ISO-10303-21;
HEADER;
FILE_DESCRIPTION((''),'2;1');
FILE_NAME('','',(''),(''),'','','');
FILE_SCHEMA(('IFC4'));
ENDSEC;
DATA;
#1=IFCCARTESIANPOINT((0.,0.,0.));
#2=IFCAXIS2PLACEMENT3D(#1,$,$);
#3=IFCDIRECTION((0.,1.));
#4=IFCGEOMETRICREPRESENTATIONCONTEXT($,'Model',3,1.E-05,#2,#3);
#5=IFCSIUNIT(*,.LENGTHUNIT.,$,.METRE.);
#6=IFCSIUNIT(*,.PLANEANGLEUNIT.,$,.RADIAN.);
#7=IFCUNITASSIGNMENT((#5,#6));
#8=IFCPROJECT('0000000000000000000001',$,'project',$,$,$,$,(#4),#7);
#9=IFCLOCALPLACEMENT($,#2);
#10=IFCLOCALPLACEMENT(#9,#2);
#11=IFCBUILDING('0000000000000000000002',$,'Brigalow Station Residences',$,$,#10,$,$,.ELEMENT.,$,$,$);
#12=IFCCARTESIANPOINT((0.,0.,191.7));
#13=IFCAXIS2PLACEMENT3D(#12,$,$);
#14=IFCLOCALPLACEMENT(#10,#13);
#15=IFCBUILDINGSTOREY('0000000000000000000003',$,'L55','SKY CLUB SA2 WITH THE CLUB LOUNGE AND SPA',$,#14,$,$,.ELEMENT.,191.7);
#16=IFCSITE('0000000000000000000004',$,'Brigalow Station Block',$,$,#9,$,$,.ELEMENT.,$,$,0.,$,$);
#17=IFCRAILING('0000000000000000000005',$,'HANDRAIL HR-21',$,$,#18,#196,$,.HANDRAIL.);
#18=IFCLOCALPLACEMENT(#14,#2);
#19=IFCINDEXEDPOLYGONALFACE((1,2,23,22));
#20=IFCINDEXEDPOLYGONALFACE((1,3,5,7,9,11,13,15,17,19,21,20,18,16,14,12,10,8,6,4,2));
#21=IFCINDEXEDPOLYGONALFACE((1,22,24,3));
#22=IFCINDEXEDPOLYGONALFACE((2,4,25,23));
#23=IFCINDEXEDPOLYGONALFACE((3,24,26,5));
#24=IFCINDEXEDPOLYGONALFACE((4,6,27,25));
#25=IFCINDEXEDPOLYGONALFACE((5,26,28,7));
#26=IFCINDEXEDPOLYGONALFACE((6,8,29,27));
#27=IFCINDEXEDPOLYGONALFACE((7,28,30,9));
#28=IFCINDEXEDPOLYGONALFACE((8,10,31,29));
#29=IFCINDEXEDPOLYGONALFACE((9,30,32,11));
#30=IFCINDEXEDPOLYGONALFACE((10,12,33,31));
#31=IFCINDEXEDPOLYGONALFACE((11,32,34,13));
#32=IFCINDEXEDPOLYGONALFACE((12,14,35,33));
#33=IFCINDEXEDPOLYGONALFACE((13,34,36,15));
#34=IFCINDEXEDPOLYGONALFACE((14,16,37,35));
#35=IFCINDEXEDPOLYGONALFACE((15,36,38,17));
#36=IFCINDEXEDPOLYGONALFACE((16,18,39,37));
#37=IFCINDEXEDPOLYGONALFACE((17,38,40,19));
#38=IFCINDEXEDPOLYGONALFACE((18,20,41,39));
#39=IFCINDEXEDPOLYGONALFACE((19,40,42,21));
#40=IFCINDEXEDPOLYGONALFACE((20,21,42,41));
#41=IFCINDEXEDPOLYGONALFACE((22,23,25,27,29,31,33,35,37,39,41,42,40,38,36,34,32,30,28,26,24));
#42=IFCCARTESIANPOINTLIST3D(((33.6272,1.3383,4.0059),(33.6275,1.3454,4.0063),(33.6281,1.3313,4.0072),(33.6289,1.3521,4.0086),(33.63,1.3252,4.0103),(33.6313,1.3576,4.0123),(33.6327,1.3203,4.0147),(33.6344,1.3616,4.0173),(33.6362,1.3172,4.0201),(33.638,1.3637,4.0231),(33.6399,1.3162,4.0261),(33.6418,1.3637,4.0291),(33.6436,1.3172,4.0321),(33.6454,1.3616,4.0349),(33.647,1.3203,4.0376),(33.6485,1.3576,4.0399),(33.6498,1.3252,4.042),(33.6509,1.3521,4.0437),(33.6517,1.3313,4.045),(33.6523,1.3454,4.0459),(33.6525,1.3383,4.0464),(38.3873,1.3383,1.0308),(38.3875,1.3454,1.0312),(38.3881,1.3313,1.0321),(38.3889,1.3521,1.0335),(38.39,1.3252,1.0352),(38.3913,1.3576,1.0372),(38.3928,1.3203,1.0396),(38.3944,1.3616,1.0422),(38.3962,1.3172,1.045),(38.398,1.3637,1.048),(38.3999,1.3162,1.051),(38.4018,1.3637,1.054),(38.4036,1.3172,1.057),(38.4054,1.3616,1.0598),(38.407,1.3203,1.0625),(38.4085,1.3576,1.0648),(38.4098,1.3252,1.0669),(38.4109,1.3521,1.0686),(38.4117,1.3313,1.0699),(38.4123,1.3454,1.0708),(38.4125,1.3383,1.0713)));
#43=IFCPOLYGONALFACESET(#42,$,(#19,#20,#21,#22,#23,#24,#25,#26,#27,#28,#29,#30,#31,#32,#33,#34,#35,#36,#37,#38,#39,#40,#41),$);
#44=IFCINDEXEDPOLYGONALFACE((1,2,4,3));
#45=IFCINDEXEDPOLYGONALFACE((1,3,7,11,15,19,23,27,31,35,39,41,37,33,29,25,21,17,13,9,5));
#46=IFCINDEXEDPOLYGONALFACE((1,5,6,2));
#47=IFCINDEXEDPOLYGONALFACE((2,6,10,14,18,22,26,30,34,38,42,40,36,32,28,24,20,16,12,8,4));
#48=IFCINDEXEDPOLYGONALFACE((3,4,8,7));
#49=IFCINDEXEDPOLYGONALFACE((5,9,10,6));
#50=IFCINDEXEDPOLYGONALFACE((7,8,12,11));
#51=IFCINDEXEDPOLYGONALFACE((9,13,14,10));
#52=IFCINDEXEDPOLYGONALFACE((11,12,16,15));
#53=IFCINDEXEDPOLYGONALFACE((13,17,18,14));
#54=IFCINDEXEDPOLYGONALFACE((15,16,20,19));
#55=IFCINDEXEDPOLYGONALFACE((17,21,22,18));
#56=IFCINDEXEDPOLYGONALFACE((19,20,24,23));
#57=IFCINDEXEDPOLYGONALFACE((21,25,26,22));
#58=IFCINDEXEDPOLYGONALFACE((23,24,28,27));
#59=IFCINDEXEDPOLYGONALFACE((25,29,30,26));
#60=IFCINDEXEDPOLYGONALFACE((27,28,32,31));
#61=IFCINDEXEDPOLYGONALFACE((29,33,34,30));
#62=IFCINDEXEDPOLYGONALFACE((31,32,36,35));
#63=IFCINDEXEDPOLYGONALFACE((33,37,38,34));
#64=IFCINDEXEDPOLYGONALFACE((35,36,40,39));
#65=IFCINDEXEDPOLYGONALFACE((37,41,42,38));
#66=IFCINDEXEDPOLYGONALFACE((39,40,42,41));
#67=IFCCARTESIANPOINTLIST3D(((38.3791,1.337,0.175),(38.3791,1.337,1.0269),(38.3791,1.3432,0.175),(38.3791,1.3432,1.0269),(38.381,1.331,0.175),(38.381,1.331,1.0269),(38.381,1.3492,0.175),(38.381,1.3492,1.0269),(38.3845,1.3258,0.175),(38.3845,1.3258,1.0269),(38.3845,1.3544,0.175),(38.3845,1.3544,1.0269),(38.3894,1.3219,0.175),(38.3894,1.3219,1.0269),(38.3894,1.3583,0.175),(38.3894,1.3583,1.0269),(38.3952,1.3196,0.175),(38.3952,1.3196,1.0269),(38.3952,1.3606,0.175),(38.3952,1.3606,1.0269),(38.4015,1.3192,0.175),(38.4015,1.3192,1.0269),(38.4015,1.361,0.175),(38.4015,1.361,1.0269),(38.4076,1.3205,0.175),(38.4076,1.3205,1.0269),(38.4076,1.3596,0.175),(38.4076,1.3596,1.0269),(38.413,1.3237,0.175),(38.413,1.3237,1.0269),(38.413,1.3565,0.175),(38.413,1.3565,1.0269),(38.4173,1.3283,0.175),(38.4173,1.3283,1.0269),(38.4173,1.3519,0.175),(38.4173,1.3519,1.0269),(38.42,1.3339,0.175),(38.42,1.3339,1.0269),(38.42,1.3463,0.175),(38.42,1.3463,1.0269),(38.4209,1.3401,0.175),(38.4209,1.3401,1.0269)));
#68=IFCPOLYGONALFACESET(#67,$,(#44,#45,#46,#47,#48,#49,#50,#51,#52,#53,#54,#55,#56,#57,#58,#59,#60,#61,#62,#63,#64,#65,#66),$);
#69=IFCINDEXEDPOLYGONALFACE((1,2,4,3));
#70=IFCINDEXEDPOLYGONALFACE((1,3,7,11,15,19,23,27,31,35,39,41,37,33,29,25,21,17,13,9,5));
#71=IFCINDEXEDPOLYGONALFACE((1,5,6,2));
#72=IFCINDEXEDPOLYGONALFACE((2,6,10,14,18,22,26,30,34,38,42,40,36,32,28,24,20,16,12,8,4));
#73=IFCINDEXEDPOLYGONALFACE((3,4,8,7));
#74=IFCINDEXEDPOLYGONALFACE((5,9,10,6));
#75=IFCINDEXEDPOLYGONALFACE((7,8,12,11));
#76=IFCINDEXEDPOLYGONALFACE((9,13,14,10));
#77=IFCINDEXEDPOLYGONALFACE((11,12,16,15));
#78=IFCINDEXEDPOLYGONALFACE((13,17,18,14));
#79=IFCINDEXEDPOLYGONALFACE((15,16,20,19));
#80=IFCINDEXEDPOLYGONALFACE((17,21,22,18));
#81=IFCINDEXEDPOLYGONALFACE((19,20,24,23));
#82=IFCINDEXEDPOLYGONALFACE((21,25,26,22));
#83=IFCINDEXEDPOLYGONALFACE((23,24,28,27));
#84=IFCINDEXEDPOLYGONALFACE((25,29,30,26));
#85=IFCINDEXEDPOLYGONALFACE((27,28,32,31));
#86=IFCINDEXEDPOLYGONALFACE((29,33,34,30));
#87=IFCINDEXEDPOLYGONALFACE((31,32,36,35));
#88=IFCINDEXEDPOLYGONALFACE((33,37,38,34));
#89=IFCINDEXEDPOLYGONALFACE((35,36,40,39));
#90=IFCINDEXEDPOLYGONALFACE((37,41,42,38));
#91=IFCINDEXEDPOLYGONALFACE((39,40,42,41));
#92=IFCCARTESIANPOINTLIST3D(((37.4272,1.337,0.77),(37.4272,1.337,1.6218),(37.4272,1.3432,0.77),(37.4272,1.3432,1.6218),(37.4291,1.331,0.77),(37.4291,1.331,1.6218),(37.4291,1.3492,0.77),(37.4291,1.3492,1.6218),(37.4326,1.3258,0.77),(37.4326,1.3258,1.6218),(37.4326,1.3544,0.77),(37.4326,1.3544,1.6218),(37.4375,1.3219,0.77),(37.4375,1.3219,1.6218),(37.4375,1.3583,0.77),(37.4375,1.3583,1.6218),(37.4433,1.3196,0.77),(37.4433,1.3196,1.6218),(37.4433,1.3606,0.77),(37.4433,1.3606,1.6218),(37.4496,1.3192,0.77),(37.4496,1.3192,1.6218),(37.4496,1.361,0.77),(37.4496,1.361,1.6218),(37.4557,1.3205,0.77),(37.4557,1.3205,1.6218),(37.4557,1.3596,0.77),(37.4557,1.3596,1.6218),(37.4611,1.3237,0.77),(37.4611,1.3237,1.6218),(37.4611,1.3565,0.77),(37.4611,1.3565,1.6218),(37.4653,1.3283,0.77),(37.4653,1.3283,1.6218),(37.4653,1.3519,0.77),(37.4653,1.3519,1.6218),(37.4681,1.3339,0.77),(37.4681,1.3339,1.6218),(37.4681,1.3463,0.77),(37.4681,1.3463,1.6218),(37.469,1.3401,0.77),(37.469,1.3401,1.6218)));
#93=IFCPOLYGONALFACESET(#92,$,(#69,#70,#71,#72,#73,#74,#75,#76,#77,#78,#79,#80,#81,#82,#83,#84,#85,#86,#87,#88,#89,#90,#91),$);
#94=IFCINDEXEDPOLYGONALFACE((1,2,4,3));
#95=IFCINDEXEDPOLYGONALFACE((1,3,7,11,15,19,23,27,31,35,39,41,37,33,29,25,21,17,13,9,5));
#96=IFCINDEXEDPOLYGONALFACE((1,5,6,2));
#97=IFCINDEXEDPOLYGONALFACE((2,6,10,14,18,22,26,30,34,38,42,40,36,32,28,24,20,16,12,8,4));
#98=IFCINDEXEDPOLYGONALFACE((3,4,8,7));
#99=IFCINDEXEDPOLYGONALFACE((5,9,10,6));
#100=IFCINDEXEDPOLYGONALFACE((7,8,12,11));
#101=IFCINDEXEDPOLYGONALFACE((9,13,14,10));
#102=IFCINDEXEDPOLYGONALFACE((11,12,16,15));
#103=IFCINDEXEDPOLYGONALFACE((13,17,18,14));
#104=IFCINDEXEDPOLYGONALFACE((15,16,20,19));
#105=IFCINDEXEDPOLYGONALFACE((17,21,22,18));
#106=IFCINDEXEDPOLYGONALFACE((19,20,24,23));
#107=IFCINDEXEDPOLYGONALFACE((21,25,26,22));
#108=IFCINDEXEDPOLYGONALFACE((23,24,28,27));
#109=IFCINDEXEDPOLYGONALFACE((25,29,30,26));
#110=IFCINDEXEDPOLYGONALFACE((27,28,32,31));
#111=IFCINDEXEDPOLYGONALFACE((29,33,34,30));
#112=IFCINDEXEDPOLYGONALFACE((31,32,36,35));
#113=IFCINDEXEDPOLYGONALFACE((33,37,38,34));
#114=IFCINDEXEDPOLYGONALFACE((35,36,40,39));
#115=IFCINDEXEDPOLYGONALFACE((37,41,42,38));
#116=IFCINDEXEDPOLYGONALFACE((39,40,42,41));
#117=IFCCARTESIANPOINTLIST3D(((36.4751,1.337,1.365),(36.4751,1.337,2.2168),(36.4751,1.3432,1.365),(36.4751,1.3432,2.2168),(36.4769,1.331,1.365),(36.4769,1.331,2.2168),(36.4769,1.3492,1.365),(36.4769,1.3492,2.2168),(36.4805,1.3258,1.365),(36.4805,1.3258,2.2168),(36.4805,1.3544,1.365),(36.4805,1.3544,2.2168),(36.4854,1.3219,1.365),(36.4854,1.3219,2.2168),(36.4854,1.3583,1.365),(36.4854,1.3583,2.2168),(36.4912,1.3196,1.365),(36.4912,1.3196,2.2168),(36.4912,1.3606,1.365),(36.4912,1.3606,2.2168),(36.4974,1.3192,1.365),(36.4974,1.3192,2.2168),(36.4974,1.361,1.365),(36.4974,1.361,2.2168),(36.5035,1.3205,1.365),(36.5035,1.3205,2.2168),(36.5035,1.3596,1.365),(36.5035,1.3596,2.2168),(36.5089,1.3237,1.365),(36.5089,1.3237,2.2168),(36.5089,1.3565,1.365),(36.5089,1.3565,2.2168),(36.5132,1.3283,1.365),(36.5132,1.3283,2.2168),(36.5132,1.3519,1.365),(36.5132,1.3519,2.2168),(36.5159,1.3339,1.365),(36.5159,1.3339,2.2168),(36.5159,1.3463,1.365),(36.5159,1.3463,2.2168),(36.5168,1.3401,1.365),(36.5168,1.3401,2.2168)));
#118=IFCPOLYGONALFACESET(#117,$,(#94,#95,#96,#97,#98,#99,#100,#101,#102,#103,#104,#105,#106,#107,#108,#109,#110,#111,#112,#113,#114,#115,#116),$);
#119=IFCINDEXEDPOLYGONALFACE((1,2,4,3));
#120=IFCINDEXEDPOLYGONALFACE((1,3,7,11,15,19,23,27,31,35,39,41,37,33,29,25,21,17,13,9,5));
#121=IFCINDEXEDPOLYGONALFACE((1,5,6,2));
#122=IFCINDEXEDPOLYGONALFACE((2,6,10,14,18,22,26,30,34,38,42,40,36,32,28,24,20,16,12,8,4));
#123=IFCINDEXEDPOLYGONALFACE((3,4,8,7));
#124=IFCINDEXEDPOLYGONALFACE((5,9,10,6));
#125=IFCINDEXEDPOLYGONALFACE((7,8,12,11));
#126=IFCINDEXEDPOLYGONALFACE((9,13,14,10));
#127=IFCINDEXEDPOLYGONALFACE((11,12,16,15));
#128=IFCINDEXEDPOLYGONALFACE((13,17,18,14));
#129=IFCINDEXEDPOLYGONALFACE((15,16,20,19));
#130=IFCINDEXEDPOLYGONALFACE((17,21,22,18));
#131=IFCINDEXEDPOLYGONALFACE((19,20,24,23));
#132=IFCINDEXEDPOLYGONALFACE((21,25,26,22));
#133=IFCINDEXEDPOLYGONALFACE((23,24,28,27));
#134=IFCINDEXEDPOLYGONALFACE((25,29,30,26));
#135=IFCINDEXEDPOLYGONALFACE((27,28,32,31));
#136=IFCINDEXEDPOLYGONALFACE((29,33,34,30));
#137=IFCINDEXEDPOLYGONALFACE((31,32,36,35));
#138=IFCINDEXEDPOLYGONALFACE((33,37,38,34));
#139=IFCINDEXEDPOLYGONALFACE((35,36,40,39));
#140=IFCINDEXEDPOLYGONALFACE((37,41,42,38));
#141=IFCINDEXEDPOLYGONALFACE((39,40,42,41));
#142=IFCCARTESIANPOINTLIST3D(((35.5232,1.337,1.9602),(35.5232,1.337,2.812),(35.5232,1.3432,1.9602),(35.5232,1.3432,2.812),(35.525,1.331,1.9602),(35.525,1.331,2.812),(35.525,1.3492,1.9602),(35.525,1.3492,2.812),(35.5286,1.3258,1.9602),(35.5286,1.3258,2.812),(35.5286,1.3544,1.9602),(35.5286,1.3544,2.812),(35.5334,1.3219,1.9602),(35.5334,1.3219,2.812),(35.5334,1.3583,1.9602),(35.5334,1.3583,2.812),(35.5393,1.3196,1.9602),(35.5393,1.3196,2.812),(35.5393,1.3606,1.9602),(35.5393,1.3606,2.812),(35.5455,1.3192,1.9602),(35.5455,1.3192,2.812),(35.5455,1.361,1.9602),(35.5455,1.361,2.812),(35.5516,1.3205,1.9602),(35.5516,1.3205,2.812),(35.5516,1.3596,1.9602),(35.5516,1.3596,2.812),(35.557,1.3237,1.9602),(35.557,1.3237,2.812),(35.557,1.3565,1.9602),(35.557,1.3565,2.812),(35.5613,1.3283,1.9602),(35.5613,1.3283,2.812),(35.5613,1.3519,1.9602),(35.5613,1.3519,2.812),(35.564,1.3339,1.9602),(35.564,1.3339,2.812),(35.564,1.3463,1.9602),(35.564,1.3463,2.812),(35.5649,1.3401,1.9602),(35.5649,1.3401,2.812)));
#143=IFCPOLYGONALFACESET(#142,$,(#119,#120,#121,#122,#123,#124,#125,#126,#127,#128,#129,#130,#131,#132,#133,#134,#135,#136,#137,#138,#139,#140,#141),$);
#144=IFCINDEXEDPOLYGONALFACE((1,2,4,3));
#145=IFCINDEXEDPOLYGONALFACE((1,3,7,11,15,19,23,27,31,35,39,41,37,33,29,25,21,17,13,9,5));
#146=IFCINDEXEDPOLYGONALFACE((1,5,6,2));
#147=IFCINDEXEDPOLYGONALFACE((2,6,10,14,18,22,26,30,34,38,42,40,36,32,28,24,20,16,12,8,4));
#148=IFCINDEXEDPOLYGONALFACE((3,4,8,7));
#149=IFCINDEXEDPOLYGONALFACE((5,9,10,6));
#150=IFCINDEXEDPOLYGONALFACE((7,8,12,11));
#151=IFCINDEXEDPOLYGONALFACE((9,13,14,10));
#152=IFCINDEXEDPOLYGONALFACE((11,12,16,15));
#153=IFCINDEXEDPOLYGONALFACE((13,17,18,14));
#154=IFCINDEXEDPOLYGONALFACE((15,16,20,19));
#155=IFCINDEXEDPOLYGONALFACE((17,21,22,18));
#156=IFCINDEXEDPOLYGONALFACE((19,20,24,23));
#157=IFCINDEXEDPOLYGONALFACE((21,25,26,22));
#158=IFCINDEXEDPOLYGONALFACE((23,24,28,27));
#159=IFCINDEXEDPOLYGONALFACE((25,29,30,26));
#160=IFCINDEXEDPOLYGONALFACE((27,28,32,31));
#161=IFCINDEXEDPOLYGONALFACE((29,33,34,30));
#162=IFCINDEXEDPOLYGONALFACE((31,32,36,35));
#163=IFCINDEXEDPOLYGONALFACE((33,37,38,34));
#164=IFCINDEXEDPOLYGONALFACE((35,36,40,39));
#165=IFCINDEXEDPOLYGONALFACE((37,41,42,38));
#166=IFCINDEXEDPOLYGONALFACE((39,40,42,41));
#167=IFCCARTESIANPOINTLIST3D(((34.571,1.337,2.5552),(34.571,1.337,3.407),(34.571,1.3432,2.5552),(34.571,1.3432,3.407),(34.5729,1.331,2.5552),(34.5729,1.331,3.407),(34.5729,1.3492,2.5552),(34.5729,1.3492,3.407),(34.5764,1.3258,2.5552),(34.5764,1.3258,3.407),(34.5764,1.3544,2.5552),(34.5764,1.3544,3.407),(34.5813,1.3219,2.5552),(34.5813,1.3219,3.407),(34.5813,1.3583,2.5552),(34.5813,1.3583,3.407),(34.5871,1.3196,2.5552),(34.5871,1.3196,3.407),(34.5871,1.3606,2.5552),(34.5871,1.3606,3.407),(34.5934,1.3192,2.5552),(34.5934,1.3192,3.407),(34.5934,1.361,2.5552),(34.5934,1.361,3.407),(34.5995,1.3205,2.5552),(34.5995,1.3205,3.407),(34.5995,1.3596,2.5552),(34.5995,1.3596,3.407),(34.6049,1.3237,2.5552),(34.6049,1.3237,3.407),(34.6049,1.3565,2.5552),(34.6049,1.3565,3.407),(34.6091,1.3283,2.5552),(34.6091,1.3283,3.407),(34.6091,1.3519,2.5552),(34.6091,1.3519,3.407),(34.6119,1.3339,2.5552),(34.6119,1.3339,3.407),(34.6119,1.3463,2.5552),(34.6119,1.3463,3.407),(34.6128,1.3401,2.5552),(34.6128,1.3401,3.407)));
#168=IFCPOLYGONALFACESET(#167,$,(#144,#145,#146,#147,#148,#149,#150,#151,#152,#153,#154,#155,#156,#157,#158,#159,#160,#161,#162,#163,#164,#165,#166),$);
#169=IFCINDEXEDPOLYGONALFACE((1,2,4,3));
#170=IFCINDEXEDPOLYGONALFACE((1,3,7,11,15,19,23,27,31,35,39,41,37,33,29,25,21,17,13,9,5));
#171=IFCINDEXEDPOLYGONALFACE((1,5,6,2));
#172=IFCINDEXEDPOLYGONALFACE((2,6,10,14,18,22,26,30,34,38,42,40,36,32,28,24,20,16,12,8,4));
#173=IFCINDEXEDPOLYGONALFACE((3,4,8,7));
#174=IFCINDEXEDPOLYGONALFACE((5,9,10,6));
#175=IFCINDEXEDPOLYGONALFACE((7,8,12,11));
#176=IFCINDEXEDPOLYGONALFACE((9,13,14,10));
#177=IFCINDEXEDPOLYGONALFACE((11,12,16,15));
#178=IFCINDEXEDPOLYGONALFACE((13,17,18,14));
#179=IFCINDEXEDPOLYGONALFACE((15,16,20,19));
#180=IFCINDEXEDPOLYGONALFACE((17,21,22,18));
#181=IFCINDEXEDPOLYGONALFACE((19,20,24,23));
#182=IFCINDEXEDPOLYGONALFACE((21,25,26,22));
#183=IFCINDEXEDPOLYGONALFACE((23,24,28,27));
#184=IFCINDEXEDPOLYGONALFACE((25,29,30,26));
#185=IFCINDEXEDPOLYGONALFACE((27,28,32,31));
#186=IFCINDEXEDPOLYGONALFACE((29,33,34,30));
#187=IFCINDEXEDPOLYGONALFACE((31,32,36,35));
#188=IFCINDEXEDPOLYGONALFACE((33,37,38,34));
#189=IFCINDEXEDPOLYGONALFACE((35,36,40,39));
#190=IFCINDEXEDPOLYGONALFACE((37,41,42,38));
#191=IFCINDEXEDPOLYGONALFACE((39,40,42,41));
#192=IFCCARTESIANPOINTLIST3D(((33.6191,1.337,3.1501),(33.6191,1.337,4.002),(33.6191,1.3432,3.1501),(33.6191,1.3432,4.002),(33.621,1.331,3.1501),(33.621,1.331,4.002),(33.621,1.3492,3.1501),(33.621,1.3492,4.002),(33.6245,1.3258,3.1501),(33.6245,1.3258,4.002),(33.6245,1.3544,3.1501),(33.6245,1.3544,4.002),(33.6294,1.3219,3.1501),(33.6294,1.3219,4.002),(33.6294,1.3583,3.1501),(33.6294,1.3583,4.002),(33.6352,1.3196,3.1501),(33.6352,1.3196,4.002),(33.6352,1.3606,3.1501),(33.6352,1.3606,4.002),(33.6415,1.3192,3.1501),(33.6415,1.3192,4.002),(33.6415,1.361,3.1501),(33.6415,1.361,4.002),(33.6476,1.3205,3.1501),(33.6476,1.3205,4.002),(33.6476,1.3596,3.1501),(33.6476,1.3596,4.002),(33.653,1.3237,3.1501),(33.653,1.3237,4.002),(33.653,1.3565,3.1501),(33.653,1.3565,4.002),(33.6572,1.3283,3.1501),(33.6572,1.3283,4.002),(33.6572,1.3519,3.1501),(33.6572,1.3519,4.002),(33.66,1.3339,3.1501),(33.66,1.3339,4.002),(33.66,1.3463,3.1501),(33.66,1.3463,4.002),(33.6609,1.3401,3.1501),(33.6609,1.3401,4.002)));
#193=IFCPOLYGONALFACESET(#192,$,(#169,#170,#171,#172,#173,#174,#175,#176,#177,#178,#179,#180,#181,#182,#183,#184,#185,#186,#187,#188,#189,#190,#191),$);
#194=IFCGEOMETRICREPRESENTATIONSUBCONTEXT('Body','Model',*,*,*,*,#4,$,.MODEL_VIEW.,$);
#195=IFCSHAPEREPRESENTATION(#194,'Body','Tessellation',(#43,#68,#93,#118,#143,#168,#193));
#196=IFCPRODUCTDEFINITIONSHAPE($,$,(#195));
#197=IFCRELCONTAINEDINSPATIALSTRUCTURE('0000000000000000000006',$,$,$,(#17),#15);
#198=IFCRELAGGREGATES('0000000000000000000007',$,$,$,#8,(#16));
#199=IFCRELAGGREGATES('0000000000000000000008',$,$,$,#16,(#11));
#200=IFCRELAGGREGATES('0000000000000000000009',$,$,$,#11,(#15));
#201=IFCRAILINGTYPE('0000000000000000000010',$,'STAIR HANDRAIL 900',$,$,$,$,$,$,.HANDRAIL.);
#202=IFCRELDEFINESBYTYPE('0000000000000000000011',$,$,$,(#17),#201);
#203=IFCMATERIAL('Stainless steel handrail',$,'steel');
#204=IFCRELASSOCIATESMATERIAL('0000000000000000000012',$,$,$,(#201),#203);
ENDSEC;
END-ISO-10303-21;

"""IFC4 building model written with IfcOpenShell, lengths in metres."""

from ifc_helpers import new_model, si_unit, direction, frame, origin, origin_2d, place, context, subcontext, project, spatial, circle, extrude, material, type_object, element, save


model = new_model("IFC4")

# Units and contexts
model_context = context("Model", 3, precision=1e-05, world=origin(), true_north=direction((0.0, 1.0)))
body_context = subcontext(model_context, "Body", "Model", "MODEL_VIEW")
ifc_project = project(units=[si_unit("LENGTHUNIT", "METRE"), si_unit("PLANEANGLEUNIT", "RADIAN")], contexts=[model_context])

# Site, building, storey
site_placement = place(None, origin())
site = spatial("IfcSite", under=ifc_project, at=site_placement, Name="Brigalow Station Block", CompositionType="ELEMENT", RefElevation=0.0)
building_placement = place(site_placement, origin())
building = spatial("IfcBuilding", under=site, at=building_placement, Name="Brigalow Station Residences", CompositionType="ELEMENT")
storey_placement = place(building_placement, frame((0.0, 0.0, 191.7)))
storey = spatial("IfcBuildingStorey", under=building, at=storey_placement, Name="L55", Description="SKY CLUB SA2 WITH THE CLUB LOUNGE AND SPA", CompositionType="ELEMENT", Elevation=191.7)

# Railing
ifc_material_1 = material(Name="Stainless steel handrail", Category="steel")
railing_type_1 = type_object("IfcRailingType", Name="STAIR HANDRAIL 900", PredefinedType="HANDRAIL", material=ifc_material_1)
railing_1_placement = place(storey_placement, frame((38.3999, 1.3401, 0.175)))
element("IfcRailing", 1, at=railing_1_placement, inside=storey, type_object=railing_type_1, Name="HANDRAIL HR-21", PredefinedType="HANDRAIL", context=body_context, shape_type="SweptSolid", body=[
    extrude(circle(Radius=0.0239, at=origin_2d()), frame((0.0, 0.0, 0.876), z_axis=(-0.847991, 0.0, 0.530011), x_axis=(0.0, -1.0, 0.0)), (0.0, 0.0, 1.0), 5.6133),
    extrude(circle(Radius=0.021, at=origin_2d()), origin(), (0.0, 0.0, 1.0), 0.8518),
    extrude(circle(Radius=0.021, at=origin_2d()), frame((-0.9519, 0.0, 0.595)), (0.0, 0.0, 1.0), 0.8518),
    extrude(circle(Radius=0.021, at=origin_2d()), frame((-1.9041, 0.0, 1.1899)), (0.0, 0.0, 1.0), 0.8518),
    extrude(circle(Radius=0.021, at=origin_2d()), frame((-2.856, 0.0, 1.7852)), (0.0, 0.0, 1.0), 0.8518),
    extrude(circle(Radius=0.021, at=origin_2d()), frame((-3.8081, 0.0, 2.3801)), (0.0, 0.0, 1.0), 0.8518),
    extrude(circle(Radius=0.021, at=origin_2d()), frame((-4.76, 0.0, 2.9751)), (0.0, 0.0, 1.0), 0.8518),
])

save(model, "model.ifc")
